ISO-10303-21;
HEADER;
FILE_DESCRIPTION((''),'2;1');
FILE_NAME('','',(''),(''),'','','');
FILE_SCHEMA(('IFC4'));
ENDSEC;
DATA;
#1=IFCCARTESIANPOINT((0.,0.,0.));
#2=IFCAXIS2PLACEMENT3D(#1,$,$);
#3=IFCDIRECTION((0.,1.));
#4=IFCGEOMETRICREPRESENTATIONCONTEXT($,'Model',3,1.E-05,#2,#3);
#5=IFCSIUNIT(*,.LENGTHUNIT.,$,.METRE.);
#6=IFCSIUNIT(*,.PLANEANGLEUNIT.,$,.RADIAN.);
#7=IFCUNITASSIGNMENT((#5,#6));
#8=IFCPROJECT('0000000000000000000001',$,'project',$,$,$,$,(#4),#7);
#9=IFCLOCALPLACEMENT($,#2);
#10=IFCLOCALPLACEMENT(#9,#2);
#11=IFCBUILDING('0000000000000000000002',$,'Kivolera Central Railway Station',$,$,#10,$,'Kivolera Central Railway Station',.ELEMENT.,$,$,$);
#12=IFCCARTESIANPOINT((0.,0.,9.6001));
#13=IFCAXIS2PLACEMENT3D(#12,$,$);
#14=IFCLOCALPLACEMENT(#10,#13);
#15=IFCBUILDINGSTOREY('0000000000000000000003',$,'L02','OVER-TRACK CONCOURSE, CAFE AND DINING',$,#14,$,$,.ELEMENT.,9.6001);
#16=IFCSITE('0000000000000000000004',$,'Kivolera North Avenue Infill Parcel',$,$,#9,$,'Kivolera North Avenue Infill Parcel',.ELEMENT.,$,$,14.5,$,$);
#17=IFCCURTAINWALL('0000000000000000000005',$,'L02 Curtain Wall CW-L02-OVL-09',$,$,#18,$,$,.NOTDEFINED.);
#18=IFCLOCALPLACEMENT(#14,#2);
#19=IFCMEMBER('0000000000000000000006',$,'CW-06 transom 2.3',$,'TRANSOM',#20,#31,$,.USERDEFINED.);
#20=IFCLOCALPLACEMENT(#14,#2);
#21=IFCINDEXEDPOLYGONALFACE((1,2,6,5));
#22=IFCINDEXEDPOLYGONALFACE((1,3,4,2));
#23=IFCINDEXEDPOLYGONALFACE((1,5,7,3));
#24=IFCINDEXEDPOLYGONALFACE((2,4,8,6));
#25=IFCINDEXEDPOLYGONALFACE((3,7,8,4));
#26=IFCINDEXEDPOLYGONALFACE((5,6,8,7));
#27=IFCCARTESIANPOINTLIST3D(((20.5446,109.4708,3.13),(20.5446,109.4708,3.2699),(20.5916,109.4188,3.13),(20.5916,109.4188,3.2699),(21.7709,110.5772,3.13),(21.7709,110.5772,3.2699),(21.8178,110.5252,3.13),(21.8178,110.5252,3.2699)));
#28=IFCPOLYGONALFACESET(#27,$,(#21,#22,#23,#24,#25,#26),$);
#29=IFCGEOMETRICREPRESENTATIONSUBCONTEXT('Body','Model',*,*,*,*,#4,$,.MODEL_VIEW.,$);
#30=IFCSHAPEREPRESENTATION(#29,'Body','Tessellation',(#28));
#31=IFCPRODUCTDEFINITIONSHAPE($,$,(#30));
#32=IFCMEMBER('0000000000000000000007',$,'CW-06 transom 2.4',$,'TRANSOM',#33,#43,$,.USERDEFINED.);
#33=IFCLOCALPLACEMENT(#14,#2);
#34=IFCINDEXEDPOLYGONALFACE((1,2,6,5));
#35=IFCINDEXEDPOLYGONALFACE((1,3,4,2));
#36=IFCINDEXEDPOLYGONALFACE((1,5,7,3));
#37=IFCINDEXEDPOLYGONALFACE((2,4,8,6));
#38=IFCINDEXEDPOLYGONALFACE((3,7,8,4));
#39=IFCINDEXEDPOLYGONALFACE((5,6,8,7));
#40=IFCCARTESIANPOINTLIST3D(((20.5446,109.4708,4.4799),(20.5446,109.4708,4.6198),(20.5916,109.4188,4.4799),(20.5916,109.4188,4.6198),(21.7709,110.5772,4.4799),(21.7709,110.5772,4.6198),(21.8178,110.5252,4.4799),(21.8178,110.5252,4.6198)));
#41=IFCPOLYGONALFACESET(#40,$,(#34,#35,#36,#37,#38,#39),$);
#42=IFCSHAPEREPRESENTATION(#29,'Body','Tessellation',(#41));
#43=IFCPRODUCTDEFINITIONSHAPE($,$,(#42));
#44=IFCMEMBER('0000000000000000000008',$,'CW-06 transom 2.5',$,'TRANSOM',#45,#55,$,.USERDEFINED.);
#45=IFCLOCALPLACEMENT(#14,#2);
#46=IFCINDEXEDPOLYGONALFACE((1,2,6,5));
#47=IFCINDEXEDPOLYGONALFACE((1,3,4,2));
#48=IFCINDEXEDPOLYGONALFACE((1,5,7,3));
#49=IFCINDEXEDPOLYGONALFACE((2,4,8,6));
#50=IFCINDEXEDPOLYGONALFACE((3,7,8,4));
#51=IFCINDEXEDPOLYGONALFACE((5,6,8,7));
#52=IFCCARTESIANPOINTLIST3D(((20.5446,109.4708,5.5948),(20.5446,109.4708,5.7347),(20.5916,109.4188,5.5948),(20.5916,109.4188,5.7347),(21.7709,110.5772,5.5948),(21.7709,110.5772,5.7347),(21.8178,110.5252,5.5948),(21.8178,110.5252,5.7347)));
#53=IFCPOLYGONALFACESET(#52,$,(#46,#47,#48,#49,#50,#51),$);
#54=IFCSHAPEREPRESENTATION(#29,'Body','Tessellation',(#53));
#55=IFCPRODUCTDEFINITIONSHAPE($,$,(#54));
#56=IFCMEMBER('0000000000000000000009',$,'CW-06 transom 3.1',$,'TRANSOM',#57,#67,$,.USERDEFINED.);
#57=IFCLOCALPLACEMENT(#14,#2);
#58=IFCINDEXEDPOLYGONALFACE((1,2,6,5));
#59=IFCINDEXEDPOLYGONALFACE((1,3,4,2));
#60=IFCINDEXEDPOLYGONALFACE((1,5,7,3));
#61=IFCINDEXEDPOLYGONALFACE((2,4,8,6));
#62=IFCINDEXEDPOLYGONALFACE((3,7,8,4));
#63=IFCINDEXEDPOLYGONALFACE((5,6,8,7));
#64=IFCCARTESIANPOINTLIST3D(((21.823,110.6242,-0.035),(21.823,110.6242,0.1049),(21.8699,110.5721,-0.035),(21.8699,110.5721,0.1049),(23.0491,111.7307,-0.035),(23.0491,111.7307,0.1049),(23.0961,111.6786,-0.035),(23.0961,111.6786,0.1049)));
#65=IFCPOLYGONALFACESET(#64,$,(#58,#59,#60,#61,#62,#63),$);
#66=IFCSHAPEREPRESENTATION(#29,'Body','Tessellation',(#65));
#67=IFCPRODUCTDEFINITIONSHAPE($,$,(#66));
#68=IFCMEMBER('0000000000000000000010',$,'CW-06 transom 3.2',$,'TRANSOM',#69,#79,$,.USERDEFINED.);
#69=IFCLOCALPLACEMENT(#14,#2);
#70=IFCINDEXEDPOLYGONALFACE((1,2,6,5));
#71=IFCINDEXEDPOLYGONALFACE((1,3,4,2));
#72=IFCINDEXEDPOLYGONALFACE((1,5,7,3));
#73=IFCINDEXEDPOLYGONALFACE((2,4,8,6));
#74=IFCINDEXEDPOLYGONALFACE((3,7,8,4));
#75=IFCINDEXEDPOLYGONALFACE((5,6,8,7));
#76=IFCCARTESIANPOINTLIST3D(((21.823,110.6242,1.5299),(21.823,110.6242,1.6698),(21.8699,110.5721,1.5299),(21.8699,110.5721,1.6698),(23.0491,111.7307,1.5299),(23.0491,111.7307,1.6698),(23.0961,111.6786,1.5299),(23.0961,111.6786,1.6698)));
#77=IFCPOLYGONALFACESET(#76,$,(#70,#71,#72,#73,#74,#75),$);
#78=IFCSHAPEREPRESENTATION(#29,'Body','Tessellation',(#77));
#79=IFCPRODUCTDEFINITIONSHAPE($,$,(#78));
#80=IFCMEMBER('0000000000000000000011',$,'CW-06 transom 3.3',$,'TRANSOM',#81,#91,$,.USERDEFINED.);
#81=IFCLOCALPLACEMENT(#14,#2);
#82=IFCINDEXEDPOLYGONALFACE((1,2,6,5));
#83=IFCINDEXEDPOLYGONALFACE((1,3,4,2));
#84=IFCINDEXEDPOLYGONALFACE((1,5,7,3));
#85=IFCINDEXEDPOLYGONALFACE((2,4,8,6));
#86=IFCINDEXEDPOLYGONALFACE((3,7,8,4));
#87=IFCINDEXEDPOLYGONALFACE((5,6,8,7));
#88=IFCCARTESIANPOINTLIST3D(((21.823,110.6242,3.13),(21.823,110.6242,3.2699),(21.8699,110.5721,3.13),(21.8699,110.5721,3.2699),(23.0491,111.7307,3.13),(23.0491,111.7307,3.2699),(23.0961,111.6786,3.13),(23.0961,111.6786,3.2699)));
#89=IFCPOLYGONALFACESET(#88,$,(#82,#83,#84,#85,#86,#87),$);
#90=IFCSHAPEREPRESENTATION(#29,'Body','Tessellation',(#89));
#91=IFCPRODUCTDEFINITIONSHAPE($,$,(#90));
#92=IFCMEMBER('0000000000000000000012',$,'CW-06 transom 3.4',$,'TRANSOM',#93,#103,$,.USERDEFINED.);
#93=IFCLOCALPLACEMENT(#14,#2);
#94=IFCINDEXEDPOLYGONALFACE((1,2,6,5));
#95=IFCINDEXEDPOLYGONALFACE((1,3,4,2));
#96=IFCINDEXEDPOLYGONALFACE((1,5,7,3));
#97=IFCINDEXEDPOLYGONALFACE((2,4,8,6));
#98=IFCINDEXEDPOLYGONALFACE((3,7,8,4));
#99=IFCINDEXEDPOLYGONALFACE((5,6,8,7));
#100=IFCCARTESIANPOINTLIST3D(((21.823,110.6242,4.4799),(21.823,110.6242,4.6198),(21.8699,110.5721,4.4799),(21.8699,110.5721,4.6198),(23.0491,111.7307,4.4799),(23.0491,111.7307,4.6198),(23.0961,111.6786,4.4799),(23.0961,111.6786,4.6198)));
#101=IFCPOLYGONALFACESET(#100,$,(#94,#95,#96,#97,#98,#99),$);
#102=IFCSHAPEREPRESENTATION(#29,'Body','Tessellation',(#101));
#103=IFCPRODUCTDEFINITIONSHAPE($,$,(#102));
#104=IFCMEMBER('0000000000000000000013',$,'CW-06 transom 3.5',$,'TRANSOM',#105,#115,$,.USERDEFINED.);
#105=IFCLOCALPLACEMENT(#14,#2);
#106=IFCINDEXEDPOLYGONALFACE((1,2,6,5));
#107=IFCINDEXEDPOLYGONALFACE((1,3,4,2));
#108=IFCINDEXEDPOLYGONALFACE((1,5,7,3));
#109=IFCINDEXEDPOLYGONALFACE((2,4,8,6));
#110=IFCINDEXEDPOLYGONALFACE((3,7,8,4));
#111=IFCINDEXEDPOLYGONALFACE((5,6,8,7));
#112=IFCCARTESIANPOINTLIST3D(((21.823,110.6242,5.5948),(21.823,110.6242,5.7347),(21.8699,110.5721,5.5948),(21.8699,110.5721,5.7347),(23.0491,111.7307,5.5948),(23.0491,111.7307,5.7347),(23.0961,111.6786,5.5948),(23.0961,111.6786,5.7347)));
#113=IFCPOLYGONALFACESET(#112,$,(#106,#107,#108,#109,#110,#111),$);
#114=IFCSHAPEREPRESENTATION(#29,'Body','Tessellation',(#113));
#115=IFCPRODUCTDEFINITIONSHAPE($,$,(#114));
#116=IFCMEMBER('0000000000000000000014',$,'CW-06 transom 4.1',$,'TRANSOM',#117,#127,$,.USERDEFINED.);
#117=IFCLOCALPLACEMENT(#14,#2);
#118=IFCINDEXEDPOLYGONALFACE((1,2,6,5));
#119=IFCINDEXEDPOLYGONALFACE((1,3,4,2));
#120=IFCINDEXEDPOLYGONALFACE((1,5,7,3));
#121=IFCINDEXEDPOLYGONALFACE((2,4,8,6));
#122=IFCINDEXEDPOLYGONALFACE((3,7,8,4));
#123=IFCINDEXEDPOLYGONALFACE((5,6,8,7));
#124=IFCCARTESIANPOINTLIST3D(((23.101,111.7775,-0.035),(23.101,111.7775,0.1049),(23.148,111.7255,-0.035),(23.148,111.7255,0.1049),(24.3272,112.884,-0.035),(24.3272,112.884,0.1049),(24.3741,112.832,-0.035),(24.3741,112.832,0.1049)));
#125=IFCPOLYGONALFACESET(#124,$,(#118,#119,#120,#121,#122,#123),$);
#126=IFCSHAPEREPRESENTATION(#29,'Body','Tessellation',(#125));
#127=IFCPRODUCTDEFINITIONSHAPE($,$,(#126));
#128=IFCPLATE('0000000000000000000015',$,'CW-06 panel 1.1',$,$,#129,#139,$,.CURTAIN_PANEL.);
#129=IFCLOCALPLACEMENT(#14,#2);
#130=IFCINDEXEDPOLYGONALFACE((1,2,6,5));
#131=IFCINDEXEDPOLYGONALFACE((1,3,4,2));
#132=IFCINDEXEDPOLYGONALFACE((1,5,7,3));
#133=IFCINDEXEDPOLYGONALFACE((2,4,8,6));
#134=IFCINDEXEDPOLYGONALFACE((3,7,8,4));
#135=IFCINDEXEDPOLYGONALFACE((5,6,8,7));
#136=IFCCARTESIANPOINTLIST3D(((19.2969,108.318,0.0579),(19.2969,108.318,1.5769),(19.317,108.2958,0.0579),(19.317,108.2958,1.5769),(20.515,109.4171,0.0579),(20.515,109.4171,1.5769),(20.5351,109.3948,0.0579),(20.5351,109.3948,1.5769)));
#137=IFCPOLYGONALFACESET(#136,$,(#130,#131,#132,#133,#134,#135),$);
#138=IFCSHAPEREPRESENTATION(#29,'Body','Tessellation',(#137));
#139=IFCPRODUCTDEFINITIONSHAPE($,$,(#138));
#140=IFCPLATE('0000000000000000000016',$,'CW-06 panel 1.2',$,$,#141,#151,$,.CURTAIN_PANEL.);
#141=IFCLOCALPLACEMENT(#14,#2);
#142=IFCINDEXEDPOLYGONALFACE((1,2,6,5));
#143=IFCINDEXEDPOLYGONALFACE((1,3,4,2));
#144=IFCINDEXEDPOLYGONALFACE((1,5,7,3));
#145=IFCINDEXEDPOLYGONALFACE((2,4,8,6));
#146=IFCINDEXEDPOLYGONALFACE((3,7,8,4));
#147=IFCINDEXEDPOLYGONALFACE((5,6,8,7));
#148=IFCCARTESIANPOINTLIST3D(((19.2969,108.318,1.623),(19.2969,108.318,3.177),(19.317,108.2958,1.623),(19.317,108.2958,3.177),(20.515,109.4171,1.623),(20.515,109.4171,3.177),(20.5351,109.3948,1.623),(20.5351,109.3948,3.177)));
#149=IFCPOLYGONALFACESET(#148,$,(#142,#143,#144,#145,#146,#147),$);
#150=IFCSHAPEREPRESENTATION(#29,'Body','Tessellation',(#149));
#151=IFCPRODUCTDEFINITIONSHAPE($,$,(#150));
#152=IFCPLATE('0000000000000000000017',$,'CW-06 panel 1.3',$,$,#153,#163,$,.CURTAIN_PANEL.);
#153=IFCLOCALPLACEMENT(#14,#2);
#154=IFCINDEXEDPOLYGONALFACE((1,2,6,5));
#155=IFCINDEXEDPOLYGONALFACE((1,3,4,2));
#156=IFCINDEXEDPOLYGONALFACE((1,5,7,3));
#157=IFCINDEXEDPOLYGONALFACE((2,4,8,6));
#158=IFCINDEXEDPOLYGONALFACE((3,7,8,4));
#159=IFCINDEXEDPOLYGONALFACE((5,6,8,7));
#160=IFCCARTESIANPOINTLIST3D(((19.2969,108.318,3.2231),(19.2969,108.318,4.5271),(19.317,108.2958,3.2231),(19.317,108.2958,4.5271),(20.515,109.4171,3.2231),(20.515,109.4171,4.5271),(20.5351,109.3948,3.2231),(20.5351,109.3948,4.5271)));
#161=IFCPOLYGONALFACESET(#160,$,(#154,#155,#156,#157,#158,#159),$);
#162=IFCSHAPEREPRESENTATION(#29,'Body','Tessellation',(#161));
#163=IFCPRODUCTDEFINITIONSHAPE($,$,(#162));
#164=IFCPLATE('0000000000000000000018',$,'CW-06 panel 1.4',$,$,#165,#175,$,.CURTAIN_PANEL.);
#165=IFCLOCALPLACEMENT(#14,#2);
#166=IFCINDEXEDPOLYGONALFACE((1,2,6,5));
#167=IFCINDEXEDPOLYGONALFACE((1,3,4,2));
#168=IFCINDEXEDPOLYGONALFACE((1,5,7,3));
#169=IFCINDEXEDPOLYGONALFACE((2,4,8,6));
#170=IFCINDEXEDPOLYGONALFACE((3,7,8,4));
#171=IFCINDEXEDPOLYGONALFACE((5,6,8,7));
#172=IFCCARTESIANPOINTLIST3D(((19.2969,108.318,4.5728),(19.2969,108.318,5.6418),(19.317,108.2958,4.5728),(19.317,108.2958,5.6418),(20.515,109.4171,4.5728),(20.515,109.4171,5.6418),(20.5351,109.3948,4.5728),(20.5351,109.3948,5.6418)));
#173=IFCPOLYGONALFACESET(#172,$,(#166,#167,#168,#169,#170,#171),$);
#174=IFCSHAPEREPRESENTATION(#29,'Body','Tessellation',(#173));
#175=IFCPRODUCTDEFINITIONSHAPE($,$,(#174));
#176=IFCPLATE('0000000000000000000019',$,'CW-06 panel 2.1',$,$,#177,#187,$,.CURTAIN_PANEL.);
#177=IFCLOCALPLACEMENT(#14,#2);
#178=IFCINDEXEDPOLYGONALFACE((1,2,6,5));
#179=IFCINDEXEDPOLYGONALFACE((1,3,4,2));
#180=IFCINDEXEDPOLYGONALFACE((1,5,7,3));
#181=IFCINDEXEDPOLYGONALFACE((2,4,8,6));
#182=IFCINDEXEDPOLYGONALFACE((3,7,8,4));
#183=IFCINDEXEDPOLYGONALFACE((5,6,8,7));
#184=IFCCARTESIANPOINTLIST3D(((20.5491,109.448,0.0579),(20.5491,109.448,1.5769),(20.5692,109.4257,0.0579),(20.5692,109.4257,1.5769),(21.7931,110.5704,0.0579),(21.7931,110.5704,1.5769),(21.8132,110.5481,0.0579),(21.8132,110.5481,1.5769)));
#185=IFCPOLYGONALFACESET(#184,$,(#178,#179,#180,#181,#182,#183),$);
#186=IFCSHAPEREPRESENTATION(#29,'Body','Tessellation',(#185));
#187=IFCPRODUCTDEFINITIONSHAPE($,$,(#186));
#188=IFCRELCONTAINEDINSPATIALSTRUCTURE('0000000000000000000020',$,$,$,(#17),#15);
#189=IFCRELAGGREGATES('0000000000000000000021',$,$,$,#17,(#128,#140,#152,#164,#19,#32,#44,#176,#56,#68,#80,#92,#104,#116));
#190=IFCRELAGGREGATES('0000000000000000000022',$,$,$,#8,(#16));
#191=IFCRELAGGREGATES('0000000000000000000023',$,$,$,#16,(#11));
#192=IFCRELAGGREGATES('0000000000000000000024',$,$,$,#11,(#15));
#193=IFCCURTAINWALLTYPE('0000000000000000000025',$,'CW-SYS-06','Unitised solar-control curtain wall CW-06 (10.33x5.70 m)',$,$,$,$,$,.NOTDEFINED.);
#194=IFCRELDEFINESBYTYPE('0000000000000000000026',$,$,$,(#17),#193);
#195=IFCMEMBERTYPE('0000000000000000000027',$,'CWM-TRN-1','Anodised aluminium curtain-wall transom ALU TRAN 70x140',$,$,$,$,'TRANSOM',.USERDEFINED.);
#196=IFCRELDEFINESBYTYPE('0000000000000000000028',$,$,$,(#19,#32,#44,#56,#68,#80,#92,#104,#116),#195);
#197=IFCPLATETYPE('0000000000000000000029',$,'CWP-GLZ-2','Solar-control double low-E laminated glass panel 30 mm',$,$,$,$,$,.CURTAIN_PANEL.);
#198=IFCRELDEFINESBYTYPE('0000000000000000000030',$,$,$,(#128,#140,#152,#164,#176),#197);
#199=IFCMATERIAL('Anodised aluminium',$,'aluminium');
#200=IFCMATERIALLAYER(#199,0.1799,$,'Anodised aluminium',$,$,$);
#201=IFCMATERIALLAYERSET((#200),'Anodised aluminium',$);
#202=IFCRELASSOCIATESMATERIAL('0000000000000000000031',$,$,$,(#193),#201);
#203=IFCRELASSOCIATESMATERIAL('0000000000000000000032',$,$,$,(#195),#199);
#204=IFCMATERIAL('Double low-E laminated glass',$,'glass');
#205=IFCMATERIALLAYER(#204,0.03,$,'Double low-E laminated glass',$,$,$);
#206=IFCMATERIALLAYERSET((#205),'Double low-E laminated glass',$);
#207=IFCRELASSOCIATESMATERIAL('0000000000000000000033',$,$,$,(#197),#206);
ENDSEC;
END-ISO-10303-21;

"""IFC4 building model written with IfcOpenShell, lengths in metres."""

from ifc_helpers import new_model, si_unit, direction, frame, origin, origin_2d, place, context, subcontext, project, spatial, rectangle, extrude, material, layer, layer_set, material_profile, profile_set, type_object, element, aggregate, save


model = new_model("IFC4")

# Units and contexts
model_context = context("Model", 3, precision=1e-05, world=origin(), true_north=direction((0.0, 1.0)))
body_context = subcontext(model_context, "Body", "Model", "MODEL_VIEW")
ifc_project = project(units=[si_unit("LENGTHUNIT", "METRE"), si_unit("PLANEANGLEUNIT", "RADIAN")], contexts=[model_context])

# Site, building, storey
site_placement = place(None, origin())
site = spatial("IfcSite", under=ifc_project, at=site_placement, Name="Kivolera North Avenue Infill Parcel", LongName="Kivolera North Avenue Infill Parcel", CompositionType="ELEMENT", RefElevation=14.5)
building_placement = place(site_placement, origin())
building = spatial("IfcBuilding", under=site, at=building_placement, Name="Kivolera Central Railway Station", LongName="Kivolera Central Railway Station", CompositionType="ELEMENT")
storey_placement = place(building_placement, frame((0.0, 0.0, 9.6001)))
storey = spatial("IfcBuildingStorey", under=building, at=storey_placement, Name="L02", Description="OVER-TRACK CONCOURSE, CAFE AND DINING", CompositionType="ELEMENT", Elevation=9.6001)

# Curtain wall, members, plates
ifc_material_1 = material(Name="Anodised aluminium", Category="aluminium")
ifc_layer_1 = layer(ifc_material_1, 0.1799, Name="Anodised aluminium")
ifc_layer_set_1 = layer_set([ifc_layer_1], Name="Anodised aluminium")
curtain_wall_type = type_object("IfcCurtainWallType", Name="CW-SYS-06", Description="Unitised solar-control curtain wall CW-06 (10.33x5.70 m)", PredefinedType="NOTDEFINED", material=ifc_layer_set_1)
curtain_wall_placement = place(storey_placement, origin())
curtain_wall = element("IfcCurtainWall", 1, at=curtain_wall_placement, inside=storey, type_object=curtain_wall_type, Name="L02 Curtain Wall CW-L02-OVL-09", PredefinedType="NOTDEFINED")
ifc_material_profile_1 = material_profile(ifc_material_1, rectangle(XDim=0.0701, YDim=0.1399, at=origin_2d()), Name="ALU TRAN 70x140")
ifc_profile_set_1 = profile_set([ifc_material_profile_1], Name="Anodised aluminium")
member_type_1 = type_object("IfcMemberType", Name="CWM-TRN-1", Description="Anodised aluminium curtain-wall transom ALU TRAN 70x140", ElementType="TRANSOM", PredefinedType="USERDEFINED", material=ifc_profile_set_1)
member_1_placement = place(storey_placement, frame((20.5681, 109.4448, 3.2), z_axis=(0.742463, 0.669887, 0.0), x_axis=(-0.669887, 0.742463, 0.0)))
member_1 = element("IfcMember", 2, at=member_1_placement, type_object=member_type_1, Name="CW-06 transom 2.3", ObjectType="TRANSOM", PredefinedType="USERDEFINED", context=body_context, shape_type="SweptSolid", body=[
    extrude(rectangle(XDim=0.0701, YDim=0.1399, at=origin_2d()), origin(), (0.0, 0.0, 1.0), 1.6516),
])
member_2_placement = place(storey_placement, frame((20.5681, 109.4448, 4.5498), z_axis=(0.742463, 0.669887, 0.0), x_axis=(-0.669887, 0.742463, 0.0)))
member_2 = element("IfcMember", 3, at=member_2_placement, type_object=member_type_1, Name="CW-06 transom 2.4", ObjectType="TRANSOM", PredefinedType="USERDEFINED", context=body_context, shape_type="SweptSolid", body=[
    extrude(rectangle(XDim=0.0701, YDim=0.1399, at=origin_2d()), origin(), (0.0, 0.0, 1.0), 1.6516),
])
member_3_placement = place(storey_placement, frame((20.5681, 109.4448, 5.6648), z_axis=(0.742463, 0.669887, 0.0), x_axis=(-0.669887, 0.742463, 0.0)))
member_3 = element("IfcMember", 4, at=member_3_placement, type_object=member_type_1, Name="CW-06 transom 2.5", ObjectType="TRANSOM", PredefinedType="USERDEFINED", context=body_context, shape_type="SweptSolid", body=[
    extrude(rectangle(XDim=0.0701, YDim=0.1399, at=origin_2d()), origin(), (0.0, 0.0, 1.0), 1.6516),
])
member_4_placement = place(storey_placement, frame((21.8464, 110.5981, 0.0349), z_axis=(0.742397, 0.669961, 0.0), x_axis=(-0.669961, 0.742397, 0.0)))
member_4 = element("IfcMember", 5, at=member_4_placement, type_object=member_type_1, Name="CW-06 transom 3.1", ObjectType="TRANSOM", PredefinedType="USERDEFINED", context=body_context, shape_type="SweptSolid", body=[
    extrude(rectangle(XDim=0.0701, YDim=0.1399, at=origin_2d()), origin(), (0.0, 0.0, 1.0), 1.6516),
])
member_5_placement = place(storey_placement, frame((21.8464, 110.5981, 1.5999), z_axis=(0.742397, 0.669961, 0.0), x_axis=(-0.669961, 0.742397, 0.0)))
member_5 = element("IfcMember", 6, at=member_5_placement, type_object=member_type_1, Name="CW-06 transom 3.2", ObjectType="TRANSOM", PredefinedType="USERDEFINED", context=body_context, shape_type="SweptSolid", body=[
    extrude(rectangle(XDim=0.0701, YDim=0.1399, at=origin_2d()), origin(), (0.0, 0.0, 1.0), 1.6516),
])
member_6_placement = place(storey_placement, frame((21.8464, 110.5981, 3.2), z_axis=(0.742397, 0.669961, 0.0), x_axis=(-0.669961, 0.742397, 0.0)))
member_6 = element("IfcMember", 7, at=member_6_placement, type_object=member_type_1, Name="CW-06 transom 3.3", ObjectType="TRANSOM", PredefinedType="USERDEFINED", context=body_context, shape_type="SweptSolid", body=[
    extrude(rectangle(XDim=0.0701, YDim=0.1399, at=origin_2d()), origin(), (0.0, 0.0, 1.0), 1.6516),
])
member_7_placement = place(storey_placement, frame((21.8464, 110.5981, 4.5498), z_axis=(0.742397, 0.669961, 0.0), x_axis=(-0.669961, 0.742397, 0.0)))
member_7 = element("IfcMember", 8, at=member_7_placement, type_object=member_type_1, Name="CW-06 transom 3.4", ObjectType="TRANSOM", PredefinedType="USERDEFINED", context=body_context, shape_type="SweptSolid", body=[
    extrude(rectangle(XDim=0.0701, YDim=0.1399, at=origin_2d()), origin(), (0.0, 0.0, 1.0), 1.6516),
])
member_8_placement = place(storey_placement, frame((21.8464, 110.5981, 5.6648), z_axis=(0.742397, 0.669961, 0.0), x_axis=(-0.669961, 0.742397, 0.0)))
member_8 = element("IfcMember", 9, at=member_8_placement, type_object=member_type_1, Name="CW-06 transom 3.5", ObjectType="TRANSOM", PredefinedType="USERDEFINED", context=body_context, shape_type="SweptSolid", body=[
    extrude(rectangle(XDim=0.0701, YDim=0.1399, at=origin_2d()), origin(), (0.0, 0.0, 1.0), 1.6516),
])
member_9_placement = place(storey_placement, frame((23.1245, 111.7515, 0.0349), z_axis=(0.742397, 0.669961, 0.0), x_axis=(-0.669961, 0.742397, 0.0)))
member_9 = element("IfcMember", 10, at=member_9_placement, type_object=member_type_1, Name="CW-06 transom 4.1", ObjectType="TRANSOM", PredefinedType="USERDEFINED", context=body_context, shape_type="SweptSolid", body=[
    extrude(rectangle(XDim=0.0701, YDim=0.1399, at=origin_2d()), origin(), (0.0, 0.0, 1.0), 1.6516),
])
ifc_material_2 = material(Name="Double low-E laminated glass", Category="glass")
ifc_layer_2 = layer(ifc_material_2, 0.03, Name="Double low-E laminated glass")
ifc_layer_set_2 = layer_set([ifc_layer_2], Name="Double low-E laminated glass")
plate_type = type_object("IfcPlateType", Name="CWP-GLZ-2", Description="Solar-control double low-E laminated glass panel 30 mm", PredefinedType="CURTAIN_PANEL", material=ifc_layer_set_2)
plate_1_placement = place(storey_placement, frame((19.916, 108.8564, 0.0579), z_axis=(0.0, 0.0, 1.0), x_axis=(0.742432, 0.669922, 0.0)))
plate_1 = element("IfcPlate", 11, at=plate_1_placement, type_object=plate_type, Name="CW-06 panel 1.1", PredefinedType="CURTAIN_PANEL", context=body_context, shape_type="SweptSolid", body=[
    extrude(rectangle(XDim=1.6406, YDim=0.03, at=origin_2d()), origin(), (0.0, 0.0, 1.0), 1.519),
])
plate_2_placement = place(storey_placement, frame((19.916, 108.8564, 1.623), z_axis=(0.0, 0.0, 1.0), x_axis=(0.742432, 0.669922, 0.0)))
plate_2 = element("IfcPlate", 12, at=plate_2_placement, type_object=plate_type, Name="CW-06 panel 1.2", PredefinedType="CURTAIN_PANEL", context=body_context, shape_type="SweptSolid", body=[
    extrude(rectangle(XDim=1.6406, YDim=0.03, at=origin_2d()), origin(), (0.0, 0.0, 1.0), 1.554),
])
plate_3_placement = place(storey_placement, frame((19.916, 108.8564, 3.2231), z_axis=(0.0, 0.0, 1.0), x_axis=(0.742432, 0.669922, 0.0)))
plate_3 = element("IfcPlate", 13, at=plate_3_placement, type_object=plate_type, Name="CW-06 panel 1.3", PredefinedType="CURTAIN_PANEL", context=body_context, shape_type="SweptSolid", body=[
    extrude(rectangle(XDim=1.6406, YDim=0.03, at=origin_2d()), origin(), (0.0, 0.0, 1.0), 1.304),
])
plate_4_placement = place(storey_placement, frame((19.916, 108.8564, 4.5728), z_axis=(0.0, 0.0, 1.0), x_axis=(0.742432, 0.669922, 0.0)))
plate_4 = element("IfcPlate", 14, at=plate_4_placement, type_object=plate_type, Name="CW-06 panel 1.4", PredefinedType="CURTAIN_PANEL", context=body_context, shape_type="SweptSolid", body=[
    extrude(rectangle(XDim=1.6406, YDim=0.03, at=origin_2d()), origin(), (0.0, 0.0, 1.0), 1.0691),
])
plate_5_placement = place(storey_placement, frame((21.1812, 109.998, 0.0579), z_axis=(0.0, 0.0, 1.0), x_axis=(0.742432, 0.669922, 0.0)))
plate_5 = element("IfcPlate", 15, at=plate_5_placement, type_object=plate_type, Name="CW-06 panel 2.1", PredefinedType="CURTAIN_PANEL", context=body_context, shape_type="SweptSolid", body=[
    extrude(rectangle(XDim=1.6755, YDim=0.03, at=origin_2d()), origin(), (0.0, 0.0, 1.0), 1.519),
])
aggregate(curtain_wall, [plate_1, plate_2, plate_3, plate_4, member_1, member_2, member_3, plate_5, member_4, member_5, member_6, member_7, member_8, member_9])

save(model, "model.ifc")
